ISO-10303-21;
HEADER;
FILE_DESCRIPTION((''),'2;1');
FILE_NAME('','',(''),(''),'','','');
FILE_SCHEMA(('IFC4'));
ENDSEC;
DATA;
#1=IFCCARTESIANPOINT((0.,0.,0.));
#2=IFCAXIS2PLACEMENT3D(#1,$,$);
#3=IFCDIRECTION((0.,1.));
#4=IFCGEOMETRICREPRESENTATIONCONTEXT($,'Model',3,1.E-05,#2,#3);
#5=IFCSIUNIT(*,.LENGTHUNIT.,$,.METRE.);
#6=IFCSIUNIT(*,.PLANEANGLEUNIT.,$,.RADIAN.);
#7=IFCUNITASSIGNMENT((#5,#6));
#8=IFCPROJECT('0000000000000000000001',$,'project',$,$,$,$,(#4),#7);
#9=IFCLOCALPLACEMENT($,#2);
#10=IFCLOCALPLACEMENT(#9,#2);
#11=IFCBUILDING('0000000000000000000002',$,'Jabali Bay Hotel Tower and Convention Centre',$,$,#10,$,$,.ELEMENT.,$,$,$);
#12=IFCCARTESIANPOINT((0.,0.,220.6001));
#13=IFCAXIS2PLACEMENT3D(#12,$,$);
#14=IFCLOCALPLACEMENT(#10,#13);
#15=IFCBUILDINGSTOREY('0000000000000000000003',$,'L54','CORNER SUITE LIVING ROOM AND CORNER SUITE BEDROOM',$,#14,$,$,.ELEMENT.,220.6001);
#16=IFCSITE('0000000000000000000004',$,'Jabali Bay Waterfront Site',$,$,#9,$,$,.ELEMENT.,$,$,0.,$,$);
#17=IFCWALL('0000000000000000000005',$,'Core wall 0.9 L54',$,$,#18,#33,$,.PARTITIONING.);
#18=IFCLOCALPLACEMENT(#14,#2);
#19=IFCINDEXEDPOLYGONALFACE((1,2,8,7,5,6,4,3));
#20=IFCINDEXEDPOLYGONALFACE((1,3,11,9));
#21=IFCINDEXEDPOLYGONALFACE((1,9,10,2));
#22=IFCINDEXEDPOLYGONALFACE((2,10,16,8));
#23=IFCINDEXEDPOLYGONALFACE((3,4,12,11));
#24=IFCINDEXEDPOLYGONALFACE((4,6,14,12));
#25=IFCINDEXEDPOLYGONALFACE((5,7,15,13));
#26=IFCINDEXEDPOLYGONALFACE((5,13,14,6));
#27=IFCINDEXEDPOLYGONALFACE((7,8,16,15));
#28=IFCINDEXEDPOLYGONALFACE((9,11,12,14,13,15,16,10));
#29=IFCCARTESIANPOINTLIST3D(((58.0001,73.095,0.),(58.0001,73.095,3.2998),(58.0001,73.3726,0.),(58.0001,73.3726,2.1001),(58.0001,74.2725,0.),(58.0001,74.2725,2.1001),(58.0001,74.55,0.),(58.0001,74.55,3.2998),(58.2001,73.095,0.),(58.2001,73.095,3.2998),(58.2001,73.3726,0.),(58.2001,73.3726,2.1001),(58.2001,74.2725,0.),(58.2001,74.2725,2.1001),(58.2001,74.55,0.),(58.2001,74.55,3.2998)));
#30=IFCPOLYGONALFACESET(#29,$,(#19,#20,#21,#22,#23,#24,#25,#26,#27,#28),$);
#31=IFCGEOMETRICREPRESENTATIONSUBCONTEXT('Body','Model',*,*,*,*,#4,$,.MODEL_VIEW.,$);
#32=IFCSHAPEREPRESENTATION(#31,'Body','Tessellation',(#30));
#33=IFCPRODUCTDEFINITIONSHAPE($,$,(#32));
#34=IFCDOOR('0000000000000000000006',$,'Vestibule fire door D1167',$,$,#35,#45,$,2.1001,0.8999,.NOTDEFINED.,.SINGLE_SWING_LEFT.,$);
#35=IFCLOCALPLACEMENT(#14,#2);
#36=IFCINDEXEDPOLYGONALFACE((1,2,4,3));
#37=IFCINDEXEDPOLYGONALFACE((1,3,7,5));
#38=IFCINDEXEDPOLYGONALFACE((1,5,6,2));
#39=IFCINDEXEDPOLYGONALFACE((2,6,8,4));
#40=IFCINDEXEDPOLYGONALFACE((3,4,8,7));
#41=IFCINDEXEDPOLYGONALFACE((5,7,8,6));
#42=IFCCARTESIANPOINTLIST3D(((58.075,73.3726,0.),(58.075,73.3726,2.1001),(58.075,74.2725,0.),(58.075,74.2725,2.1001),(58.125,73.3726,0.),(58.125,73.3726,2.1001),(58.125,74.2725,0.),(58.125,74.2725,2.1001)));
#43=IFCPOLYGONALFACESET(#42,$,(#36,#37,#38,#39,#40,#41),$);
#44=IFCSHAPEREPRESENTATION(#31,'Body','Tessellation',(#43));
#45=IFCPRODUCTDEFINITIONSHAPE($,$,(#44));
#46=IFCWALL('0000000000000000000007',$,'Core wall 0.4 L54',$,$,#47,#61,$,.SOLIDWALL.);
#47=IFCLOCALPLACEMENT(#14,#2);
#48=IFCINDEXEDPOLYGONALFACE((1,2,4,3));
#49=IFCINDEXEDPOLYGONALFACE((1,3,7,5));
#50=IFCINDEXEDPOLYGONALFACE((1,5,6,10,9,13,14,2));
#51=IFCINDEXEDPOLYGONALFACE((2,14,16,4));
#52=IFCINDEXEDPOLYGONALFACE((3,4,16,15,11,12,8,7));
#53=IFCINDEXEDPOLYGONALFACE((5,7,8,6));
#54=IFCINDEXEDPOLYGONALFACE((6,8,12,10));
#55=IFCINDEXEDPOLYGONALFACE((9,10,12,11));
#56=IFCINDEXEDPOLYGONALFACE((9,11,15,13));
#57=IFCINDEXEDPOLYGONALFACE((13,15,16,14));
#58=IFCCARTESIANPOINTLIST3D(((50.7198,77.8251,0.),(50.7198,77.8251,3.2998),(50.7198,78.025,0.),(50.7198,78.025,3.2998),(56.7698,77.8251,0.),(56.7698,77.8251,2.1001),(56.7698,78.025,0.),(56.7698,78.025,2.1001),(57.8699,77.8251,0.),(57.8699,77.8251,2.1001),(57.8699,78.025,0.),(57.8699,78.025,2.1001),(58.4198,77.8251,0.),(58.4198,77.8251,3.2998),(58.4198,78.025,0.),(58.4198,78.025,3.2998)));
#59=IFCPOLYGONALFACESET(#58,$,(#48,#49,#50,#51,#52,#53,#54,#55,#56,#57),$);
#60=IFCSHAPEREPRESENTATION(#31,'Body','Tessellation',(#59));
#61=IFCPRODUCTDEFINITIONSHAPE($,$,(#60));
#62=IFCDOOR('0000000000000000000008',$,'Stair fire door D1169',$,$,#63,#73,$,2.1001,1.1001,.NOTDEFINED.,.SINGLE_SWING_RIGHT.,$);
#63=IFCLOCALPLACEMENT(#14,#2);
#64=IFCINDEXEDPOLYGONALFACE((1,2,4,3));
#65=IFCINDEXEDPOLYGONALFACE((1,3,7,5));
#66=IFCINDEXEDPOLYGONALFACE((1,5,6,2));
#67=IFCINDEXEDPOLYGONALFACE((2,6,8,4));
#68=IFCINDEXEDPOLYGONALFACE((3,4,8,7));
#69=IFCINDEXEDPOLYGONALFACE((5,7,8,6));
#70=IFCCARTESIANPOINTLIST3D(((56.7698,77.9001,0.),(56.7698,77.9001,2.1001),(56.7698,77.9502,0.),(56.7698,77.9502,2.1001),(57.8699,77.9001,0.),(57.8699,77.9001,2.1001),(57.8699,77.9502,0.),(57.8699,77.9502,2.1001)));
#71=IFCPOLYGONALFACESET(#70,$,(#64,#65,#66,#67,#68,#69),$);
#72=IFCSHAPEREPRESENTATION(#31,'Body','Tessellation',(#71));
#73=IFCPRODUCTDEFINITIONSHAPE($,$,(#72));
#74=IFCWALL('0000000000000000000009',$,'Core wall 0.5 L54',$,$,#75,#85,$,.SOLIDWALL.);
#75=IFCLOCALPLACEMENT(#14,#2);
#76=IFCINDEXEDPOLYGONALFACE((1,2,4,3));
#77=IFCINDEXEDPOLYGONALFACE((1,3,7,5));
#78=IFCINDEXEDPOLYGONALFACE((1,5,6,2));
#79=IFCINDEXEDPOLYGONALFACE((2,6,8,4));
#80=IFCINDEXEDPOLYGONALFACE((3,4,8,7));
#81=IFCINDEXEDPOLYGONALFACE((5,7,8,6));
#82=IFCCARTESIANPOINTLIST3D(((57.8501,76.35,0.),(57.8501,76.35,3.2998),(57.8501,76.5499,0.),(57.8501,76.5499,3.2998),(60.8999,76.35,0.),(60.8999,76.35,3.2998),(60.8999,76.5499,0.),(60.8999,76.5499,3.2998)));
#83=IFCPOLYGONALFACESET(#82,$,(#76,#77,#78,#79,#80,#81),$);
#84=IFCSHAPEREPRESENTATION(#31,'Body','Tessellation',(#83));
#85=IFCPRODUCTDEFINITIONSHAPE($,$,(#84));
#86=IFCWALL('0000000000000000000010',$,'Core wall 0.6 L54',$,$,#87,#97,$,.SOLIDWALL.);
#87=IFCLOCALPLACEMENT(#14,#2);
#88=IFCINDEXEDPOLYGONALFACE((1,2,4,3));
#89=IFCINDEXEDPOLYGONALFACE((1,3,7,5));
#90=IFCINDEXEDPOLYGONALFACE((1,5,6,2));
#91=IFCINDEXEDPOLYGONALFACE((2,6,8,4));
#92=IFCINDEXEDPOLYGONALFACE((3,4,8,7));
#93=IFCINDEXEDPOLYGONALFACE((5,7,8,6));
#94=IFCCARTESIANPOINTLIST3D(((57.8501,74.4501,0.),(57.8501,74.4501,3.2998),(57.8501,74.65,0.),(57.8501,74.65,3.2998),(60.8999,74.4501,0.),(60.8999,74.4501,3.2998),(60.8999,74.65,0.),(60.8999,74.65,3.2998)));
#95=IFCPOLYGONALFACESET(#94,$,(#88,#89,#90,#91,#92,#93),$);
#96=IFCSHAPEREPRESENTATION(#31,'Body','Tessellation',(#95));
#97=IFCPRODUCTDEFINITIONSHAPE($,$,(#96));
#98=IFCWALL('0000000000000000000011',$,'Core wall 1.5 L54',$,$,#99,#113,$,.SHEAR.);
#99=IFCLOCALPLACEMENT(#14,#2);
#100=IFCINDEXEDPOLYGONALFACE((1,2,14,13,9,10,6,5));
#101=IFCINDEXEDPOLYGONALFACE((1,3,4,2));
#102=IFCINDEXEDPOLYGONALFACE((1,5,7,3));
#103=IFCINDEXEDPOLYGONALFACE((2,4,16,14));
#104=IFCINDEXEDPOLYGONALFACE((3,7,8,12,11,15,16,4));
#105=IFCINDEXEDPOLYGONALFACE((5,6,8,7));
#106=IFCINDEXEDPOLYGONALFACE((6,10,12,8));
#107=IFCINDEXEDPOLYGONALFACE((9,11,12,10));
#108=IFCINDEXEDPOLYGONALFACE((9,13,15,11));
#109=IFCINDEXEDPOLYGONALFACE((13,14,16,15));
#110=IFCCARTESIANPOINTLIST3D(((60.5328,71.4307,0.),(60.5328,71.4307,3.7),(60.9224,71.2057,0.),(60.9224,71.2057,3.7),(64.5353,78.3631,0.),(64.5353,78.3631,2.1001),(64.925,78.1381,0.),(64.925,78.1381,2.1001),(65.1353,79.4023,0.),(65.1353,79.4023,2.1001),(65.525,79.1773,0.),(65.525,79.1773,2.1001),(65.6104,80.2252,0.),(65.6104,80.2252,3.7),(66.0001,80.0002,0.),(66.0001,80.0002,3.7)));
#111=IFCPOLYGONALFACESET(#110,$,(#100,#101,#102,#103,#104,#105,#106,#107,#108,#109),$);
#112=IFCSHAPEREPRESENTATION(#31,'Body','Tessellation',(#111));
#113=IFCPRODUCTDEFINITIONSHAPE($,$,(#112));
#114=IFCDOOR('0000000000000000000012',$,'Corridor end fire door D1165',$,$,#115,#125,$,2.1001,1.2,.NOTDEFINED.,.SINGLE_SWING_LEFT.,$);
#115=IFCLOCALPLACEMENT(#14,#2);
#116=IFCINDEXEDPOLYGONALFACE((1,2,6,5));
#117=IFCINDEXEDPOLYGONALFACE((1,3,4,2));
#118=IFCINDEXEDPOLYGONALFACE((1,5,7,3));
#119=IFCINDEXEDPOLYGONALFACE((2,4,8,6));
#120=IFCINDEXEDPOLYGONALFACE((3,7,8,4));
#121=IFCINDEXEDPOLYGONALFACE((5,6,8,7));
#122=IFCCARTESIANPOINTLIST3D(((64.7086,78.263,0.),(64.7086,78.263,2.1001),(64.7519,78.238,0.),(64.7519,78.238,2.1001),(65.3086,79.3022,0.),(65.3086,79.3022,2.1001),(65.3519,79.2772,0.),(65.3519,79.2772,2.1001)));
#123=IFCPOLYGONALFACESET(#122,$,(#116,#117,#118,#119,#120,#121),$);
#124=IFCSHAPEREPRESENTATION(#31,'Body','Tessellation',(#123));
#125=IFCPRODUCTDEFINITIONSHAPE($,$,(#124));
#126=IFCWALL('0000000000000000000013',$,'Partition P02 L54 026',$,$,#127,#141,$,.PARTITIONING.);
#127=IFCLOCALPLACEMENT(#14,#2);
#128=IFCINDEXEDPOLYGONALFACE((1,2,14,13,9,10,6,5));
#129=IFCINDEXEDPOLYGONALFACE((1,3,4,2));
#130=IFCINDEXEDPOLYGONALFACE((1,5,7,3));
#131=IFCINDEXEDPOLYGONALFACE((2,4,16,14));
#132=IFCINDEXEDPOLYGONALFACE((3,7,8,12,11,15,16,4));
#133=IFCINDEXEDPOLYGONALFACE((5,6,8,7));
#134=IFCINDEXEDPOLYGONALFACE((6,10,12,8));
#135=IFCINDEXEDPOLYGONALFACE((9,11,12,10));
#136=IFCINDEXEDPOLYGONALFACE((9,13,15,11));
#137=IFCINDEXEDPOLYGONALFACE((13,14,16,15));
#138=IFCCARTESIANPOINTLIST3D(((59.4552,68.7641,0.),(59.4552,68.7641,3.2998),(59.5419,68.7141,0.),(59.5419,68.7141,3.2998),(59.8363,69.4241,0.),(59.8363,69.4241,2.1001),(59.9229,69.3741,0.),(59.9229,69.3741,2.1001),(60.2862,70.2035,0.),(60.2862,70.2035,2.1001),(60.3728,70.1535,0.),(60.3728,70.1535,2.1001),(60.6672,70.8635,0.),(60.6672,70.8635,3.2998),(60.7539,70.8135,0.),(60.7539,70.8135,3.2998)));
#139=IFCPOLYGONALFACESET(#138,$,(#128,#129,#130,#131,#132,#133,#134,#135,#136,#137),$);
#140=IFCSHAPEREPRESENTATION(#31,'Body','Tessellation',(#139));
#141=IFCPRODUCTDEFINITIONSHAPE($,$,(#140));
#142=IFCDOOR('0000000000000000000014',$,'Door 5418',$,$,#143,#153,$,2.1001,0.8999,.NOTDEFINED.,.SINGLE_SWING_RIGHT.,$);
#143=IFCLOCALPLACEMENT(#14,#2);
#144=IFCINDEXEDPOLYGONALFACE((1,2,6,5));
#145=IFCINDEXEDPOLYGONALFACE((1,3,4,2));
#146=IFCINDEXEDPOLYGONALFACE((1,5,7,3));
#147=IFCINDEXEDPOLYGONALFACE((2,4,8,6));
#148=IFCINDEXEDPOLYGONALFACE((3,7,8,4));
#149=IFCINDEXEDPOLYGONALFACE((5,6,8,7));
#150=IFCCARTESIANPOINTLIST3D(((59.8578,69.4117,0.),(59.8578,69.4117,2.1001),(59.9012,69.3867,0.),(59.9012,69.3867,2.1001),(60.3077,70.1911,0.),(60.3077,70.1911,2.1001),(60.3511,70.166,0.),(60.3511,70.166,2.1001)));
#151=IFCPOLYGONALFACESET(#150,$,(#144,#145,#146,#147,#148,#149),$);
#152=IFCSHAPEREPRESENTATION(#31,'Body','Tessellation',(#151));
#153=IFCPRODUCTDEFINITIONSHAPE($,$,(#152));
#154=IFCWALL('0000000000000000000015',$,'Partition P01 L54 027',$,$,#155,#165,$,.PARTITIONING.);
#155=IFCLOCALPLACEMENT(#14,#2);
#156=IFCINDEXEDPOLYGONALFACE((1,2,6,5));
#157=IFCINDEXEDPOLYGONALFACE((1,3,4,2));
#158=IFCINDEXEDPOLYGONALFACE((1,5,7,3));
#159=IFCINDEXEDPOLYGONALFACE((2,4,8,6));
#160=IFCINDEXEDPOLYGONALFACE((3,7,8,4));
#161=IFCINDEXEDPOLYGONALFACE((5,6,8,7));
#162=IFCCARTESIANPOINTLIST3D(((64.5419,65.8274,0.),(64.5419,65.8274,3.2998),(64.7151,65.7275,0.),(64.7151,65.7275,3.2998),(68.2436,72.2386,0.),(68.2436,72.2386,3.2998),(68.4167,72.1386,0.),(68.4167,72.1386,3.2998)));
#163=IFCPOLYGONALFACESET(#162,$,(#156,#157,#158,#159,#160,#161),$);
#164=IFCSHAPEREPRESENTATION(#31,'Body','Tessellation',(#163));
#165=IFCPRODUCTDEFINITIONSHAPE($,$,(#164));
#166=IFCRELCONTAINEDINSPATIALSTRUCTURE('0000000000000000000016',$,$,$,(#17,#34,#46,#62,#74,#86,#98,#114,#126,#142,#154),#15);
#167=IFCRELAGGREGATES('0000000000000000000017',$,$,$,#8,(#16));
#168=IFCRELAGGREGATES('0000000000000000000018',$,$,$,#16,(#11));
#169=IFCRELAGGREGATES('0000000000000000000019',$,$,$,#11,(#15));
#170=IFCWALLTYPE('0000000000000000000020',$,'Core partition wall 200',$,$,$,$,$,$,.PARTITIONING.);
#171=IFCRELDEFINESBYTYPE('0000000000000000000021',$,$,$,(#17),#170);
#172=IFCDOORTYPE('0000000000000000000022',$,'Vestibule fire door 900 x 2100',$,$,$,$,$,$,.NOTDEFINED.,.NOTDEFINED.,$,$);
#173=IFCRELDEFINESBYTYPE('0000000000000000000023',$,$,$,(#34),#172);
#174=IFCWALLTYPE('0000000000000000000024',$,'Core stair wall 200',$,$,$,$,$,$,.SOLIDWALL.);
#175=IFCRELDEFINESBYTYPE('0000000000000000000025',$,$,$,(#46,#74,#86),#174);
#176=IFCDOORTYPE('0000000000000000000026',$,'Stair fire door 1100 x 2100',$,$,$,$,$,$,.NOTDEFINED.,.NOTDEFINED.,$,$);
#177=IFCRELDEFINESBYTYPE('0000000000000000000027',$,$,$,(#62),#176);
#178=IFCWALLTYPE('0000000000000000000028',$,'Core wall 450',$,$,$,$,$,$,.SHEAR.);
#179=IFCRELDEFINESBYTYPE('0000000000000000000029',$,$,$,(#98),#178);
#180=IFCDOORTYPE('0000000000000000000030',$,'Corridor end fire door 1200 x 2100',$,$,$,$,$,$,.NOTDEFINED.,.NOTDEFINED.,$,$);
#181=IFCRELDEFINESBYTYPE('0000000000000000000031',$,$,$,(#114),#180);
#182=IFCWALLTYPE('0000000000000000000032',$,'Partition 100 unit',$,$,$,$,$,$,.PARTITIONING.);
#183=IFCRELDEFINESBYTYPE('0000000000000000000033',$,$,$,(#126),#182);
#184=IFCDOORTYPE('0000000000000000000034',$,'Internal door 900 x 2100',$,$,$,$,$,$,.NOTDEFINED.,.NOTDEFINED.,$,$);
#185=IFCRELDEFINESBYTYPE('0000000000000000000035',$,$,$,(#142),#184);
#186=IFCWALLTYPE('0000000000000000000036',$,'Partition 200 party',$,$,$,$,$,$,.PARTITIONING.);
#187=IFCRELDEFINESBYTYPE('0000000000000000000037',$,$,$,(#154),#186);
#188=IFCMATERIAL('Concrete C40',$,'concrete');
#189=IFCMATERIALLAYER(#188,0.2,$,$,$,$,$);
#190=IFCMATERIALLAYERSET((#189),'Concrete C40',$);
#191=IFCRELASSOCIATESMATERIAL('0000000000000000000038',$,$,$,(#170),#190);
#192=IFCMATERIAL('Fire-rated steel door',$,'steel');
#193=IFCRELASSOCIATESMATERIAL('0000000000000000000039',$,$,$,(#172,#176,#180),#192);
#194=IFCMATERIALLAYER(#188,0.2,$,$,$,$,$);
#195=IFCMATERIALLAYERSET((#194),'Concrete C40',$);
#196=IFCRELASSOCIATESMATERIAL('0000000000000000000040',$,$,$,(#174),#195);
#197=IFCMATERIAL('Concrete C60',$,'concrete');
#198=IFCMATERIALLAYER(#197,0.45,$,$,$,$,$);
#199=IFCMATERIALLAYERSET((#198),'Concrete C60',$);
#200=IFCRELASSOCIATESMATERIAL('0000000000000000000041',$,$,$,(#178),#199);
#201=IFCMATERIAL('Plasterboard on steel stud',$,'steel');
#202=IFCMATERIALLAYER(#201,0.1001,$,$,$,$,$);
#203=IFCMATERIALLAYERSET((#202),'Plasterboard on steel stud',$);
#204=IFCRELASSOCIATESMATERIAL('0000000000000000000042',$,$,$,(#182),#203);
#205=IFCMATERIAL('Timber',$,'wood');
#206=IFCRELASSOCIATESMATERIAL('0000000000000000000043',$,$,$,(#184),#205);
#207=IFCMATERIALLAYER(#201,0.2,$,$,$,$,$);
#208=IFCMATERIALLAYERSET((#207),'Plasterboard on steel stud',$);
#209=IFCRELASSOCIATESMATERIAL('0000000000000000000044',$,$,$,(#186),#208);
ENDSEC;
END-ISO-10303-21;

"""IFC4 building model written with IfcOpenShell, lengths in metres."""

from ifc_helpers import new_model, si_unit, direction, frame, frame_2d, origin, place, context, subcontext, project, spatial, rectangle, extrude, material, layer, layer_set, type_object, element, fill, save


model = new_model("IFC4")

# Units and contexts
model_context = context("Model", 3, precision=1e-05, world=origin(), true_north=direction((0.0, 1.0)))
body_context = subcontext(model_context, "Body", "Model", "MODEL_VIEW")
ifc_project = project(units=[si_unit("LENGTHUNIT", "METRE"), si_unit("PLANEANGLEUNIT", "RADIAN")], contexts=[model_context])

# Site, building, storey
site_placement = place(None, origin())
site = spatial("IfcSite", under=ifc_project, at=site_placement, Name="Jabali Bay Waterfront Site", CompositionType="ELEMENT", RefElevation=0.0)
building_placement = place(site_placement, origin())
building = spatial("IfcBuilding", under=site, at=building_placement, Name="Jabali Bay Hotel Tower and Convention Centre", CompositionType="ELEMENT")
storey_placement = place(building_placement, frame((0.0, 0.0, 220.6001)))
storey = spatial("IfcBuildingStorey", under=building, at=storey_placement, Name="L54", Description="CORNER SUITE LIVING ROOM AND CORNER SUITE BEDROOM", CompositionType="ELEMENT", Elevation=220.6001)

# Walls, openings, doors
ifc_material_1 = material(Name="Concrete C40", Category="concrete")
ifc_layer_1 = layer(ifc_material_1, 0.2)
ifc_layer_set_1 = layer_set([ifc_layer_1], Name="Concrete C40")
wall_type_1 = type_object("IfcWallType", Name="Core partition wall 200", PredefinedType="PARTITIONING", material=ifc_layer_set_1)
wall_1_placement = place(storey_placement, frame((58.1001, 74.55, 0.0), z_axis=(0.0, 0.0, 1.0), x_axis=(0.0, -1.0, 0.0)))
wall_1 = element("IfcWall", 1, at=wall_1_placement, inside=storey, type_object=wall_type_1, Name="Core wall 0.9 L54", PredefinedType="PARTITIONING", context=body_context, shape_type="SweptSolid", body=[
    extrude(rectangle(XDim=1.4551, YDim=0.2, at=frame_2d((0.7275, 0.0))), origin(), (0.0, 0.0, 1.0), 3.2998),
])
opening_1_placement = place(wall_1_placement, frame((0.2776, 0.0, 0.0)))
opening_1 = element("IfcOpeningElement", 2, at=opening_1_placement, cuts=wall_1, PredefinedType="OPENING", context=body_context, shape_type="SweptSolid", body=[
    extrude(rectangle(XDim=0.8999, YDim=2.1001, at=frame_2d((0.45, 1.05))), frame((0.0, 0.1104, 0.0), z_axis=(0.0, -1.0, 0.0), x_axis=(1.0, 0.0, 0.0)), (0.0, 0.0, 1.0), 0.2209),
])
ifc_material_2 = material(Name="Fire-rated steel door", Category="steel")
door_type_1 = type_object("IfcDoorType", Name="Vestibule fire door 900 x 2100", OperationType="NOTDEFINED", PredefinedType="NOTDEFINED", material=ifc_material_2)
door_1_placement = place(opening_1_placement, origin())
door_1 = element("IfcDoor", 3, at=door_1_placement, inside=storey, type_object=door_type_1, Name="Vestibule fire door D1167", OperationType="SINGLE_SWING_LEFT", OverallHeight=2.1001, OverallWidth=0.8999, PredefinedType="NOTDEFINED", context=body_context, shape_type="SweptSolid", body=[
    extrude(rectangle(XDim=0.8999, YDim=2.1001, at=frame_2d((0.45, 1.05))), frame((0.0, 0.0249, 0.0), z_axis=(0.0, -1.0, 0.0), x_axis=(1.0, 0.0, 0.0)), (0.0, 0.0, 1.0), 0.05),
])
fill(opening_1, door_1)
ifc_layer_2 = layer(ifc_material_1, 0.2)
ifc_layer_set_2 = layer_set([ifc_layer_2], Name="Concrete C40")
wall_type_2 = type_object("IfcWallType", Name="Core stair wall 200", PredefinedType="SOLIDWALL", material=ifc_layer_set_2)
wall_2_placement = place(storey_placement, frame((58.4199, 77.925, 0.0), z_axis=(0.0, 0.0, 1.0), x_axis=(-1.0, 0.0, 0.0)))
wall_2 = element("IfcWall", 4, at=wall_2_placement, inside=storey, type_object=wall_type_2, Name="Core wall 0.4 L54", PredefinedType="SOLIDWALL", context=body_context, shape_type="SweptSolid", body=[
    extrude(rectangle(XDim=7.7, YDim=0.2, at=frame_2d((3.8501, 0.0))), origin(), (0.0, 0.0, 1.0), 3.2998),
])
opening_2_placement = place(wall_2_placement, frame((0.55, 0.0, 0.0)))
opening_2 = element("IfcOpeningElement", 5, at=opening_2_placement, cuts=wall_2, PredefinedType="OPENING", context=body_context, shape_type="SweptSolid", body=[
    extrude(rectangle(XDim=1.1001, YDim=2.1001, at=frame_2d((0.55, 1.05))), frame((0.0, 0.1104, 0.0), z_axis=(0.0, -1.0, 0.0), x_axis=(1.0, 0.0, 0.0)), (0.0, 0.0, 1.0), 0.2209),
])
door_type_2 = type_object("IfcDoorType", Name="Stair fire door 1100 x 2100", OperationType="NOTDEFINED", PredefinedType="NOTDEFINED", material=ifc_material_2)
door_2_placement = place(opening_2_placement, origin())
door_2 = element("IfcDoor", 6, at=door_2_placement, inside=storey, type_object=door_type_2, Name="Stair fire door D1169", OperationType="SINGLE_SWING_RIGHT", OverallHeight=2.1001, OverallWidth=1.1001, PredefinedType="NOTDEFINED", context=body_context, shape_type="SweptSolid", body=[
    extrude(rectangle(XDim=1.1001, YDim=2.1001, at=frame_2d((0.55, 1.05))), frame((0.0, 0.0249, 0.0), z_axis=(0.0, -1.0, 0.0), x_axis=(1.0, 0.0, 0.0)), (0.0, 0.0, 1.0), 0.05),
])
fill(opening_2, door_2)

# Walls
for number, where, z_axis, x_axis, name in (
    (7, (60.8999, 76.45, 0.0), (0.0, 0.0, 1.0), (-1.0, 0.0, 0.0), "Core wall 0.5 L54"),
    (8, (60.8999, 74.55, 0.0), (0.0, 0.0, 1.0), (-1.0, 0.0, 0.0), "Core wall 0.6 L54"),
):
    element("IfcWall", number, at=place(storey_placement, frame(where, z_axis=z_axis, x_axis=x_axis)), inside=storey, type_object=wall_type_2, Name=name, PredefinedType="SOLIDWALL", context=body_context, shape_type="SweptSolid", body=[
        extrude(rectangle(XDim=3.0498, YDim=0.2, at=frame_2d((1.5249, 0.0))), origin(), (0.0, 0.0, 1.0), 3.2998),
    ])

# Walls, openings, doors
ifc_material_3 = material(Name="Concrete C60", Category="concrete")
ifc_layer_3 = layer(ifc_material_3, 0.45)
ifc_layer_set_3 = layer_set([ifc_layer_3], Name="Concrete C60")
wall_type_3 = type_object("IfcWallType", Name="Core wall 450", PredefinedType="SHEAR", material=ifc_layer_set_3)
wall_3_placement = place(storey_placement, frame((60.7275, 71.3181, 0.0), z_axis=(0.0, 0.0, 1.0), x_axis=(0.500012, 0.866018, 0.0)))
wall_3 = element("IfcWall", 9, at=wall_3_placement, inside=storey, type_object=wall_type_3, Name="Core wall 1.5 L54", PredefinedType="SHEAR", context=body_context, shape_type="SweptSolid", body=[
    extrude(rectangle(XDim=10.155, YDim=0.45, at=frame_2d((5.0776, 0.0))), origin(), (0.0, 0.0, 1.0), 3.7),
])
opening_3_placement = place(wall_3_placement, frame((8.0049, 0.0, 0.0)))
opening_3 = element("IfcOpeningElement", 10, at=opening_3_placement, cuts=wall_3, PredefinedType="OPENING", context=body_context, shape_type="SweptSolid", body=[
    extrude(rectangle(XDim=1.2, YDim=2.1001, at=frame_2d((0.6001, 1.05))), frame((0.0, 0.2354, 0.0), z_axis=(0.0, -1.0, 0.0), x_axis=(1.0, 0.0, 0.0)), (0.0, 0.0, 1.0), 0.4709),
])
door_type_3 = type_object("IfcDoorType", Name="Corridor end fire door 1200 x 2100", OperationType="NOTDEFINED", PredefinedType="NOTDEFINED", material=ifc_material_2)
door_3_placement = place(opening_3_placement, origin())
door_3 = element("IfcDoor", 11, at=door_3_placement, inside=storey, type_object=door_type_3, Name="Corridor end fire door D1165", OperationType="SINGLE_SWING_LEFT", OverallHeight=2.1001, OverallWidth=1.2, PredefinedType="NOTDEFINED", context=body_context, shape_type="SweptSolid", body=[
    extrude(rectangle(XDim=1.2, YDim=2.1001, at=frame_2d((0.6001, 1.05))), frame((0.0, 0.0249, 0.0), z_axis=(0.0, -1.0, 0.0), x_axis=(1.0, 0.0, 0.0)), (0.0, 0.0, 1.0), 0.05),
])
fill(opening_3, door_3)
ifc_material_4 = material(Name="Plasterboard on steel stud", Category="steel")
ifc_layer_4 = layer(ifc_material_4, 0.1001)
ifc_layer_set_4 = layer_set([ifc_layer_4], Name="Plasterboard on steel stud")
wall_type_4 = type_object("IfcWallType", Name="Partition 100 unit", PredefinedType="PARTITIONING", material=ifc_layer_set_4)
wall_4_placement = place(storey_placement, frame((60.7104, 70.8384, 0.0), z_axis=(0.0, 0.0, 1.0), x_axis=(-0.499952, -0.866053, 0.0)))
wall_4 = element("IfcWall", 12, at=wall_4_placement, inside=storey, type_object=wall_type_4, Name="Partition P02 L54 026", PredefinedType="PARTITIONING", context=body_context, shape_type="SweptSolid", body=[
    extrude(rectangle(XDim=2.4241, YDim=0.1001, at=frame_2d((1.2119, 0.0))), origin(), (0.0, 0.0, 1.0), 3.2998),
])
opening_4_placement = place(wall_4_placement, frame((0.762, 0.0, 0.0)))
opening_4 = element("IfcOpeningElement", 13, at=opening_4_placement, cuts=wall_4, PredefinedType="OPENING", context=body_context, shape_type="SweptSolid", body=[
    extrude(rectangle(XDim=0.8999, YDim=2.1001, at=frame_2d((0.45, 1.05))), frame((0.0, 0.0605, 0.0), z_axis=(0.0, -1.0, 0.0), x_axis=(1.0, 0.0, 0.0)), (0.0, 0.0, 1.0), 0.1211),
])
ifc_material_5 = material(Name="Timber", Category="wood")
door_type_4 = type_object("IfcDoorType", Name="Internal door 900 x 2100", OperationType="NOTDEFINED", PredefinedType="NOTDEFINED", material=ifc_material_5)
door_4_placement = place(opening_4_placement, origin())
door_4 = element("IfcDoor", 14, at=door_4_placement, inside=storey, type_object=door_type_4, Name="Door 5418", OperationType="SINGLE_SWING_RIGHT", OverallHeight=2.1001, OverallWidth=0.8999, PredefinedType="NOTDEFINED", context=body_context, shape_type="SweptSolid", body=[
    extrude(rectangle(XDim=0.8999, YDim=2.1001, at=frame_2d((0.45, 1.05))), frame((0.0, 0.0249, 0.0), z_axis=(0.0, -1.0, 0.0), x_axis=(1.0, 0.0, 0.0)), (0.0, 0.0, 1.0), 0.05),
])
fill(opening_4, door_4)

# Wall
ifc_layer_5 = layer(ifc_material_4, 0.2)
ifc_layer_set_5 = layer_set([ifc_layer_5], Name="Plasterboard on steel stud")
wall_type_5 = type_object("IfcWallType", Name="Partition 200 party", PredefinedType="PARTITIONING", material=ifc_layer_set_5)
wall_5_placement = place(storey_placement, frame((64.6284, 65.7773, 0.0), z_axis=(0.0, 0.0, 1.0), x_axis=(0.500019, 0.866014, 0.0)))
element("IfcWall", 15, at=wall_5_placement, inside=storey, type_object=wall_type_5, Name="Partition P01 L54 027", PredefinedType="PARTITIONING", context=body_context, shape_type="SweptSolid", body=[
    extrude(rectangle(XDim=7.4031, YDim=0.2, at=frame_2d((3.7017, 0.0))), origin(), (0.0, 0.0, 1.0), 3.2998),
])

save(model, "model.ifc")
